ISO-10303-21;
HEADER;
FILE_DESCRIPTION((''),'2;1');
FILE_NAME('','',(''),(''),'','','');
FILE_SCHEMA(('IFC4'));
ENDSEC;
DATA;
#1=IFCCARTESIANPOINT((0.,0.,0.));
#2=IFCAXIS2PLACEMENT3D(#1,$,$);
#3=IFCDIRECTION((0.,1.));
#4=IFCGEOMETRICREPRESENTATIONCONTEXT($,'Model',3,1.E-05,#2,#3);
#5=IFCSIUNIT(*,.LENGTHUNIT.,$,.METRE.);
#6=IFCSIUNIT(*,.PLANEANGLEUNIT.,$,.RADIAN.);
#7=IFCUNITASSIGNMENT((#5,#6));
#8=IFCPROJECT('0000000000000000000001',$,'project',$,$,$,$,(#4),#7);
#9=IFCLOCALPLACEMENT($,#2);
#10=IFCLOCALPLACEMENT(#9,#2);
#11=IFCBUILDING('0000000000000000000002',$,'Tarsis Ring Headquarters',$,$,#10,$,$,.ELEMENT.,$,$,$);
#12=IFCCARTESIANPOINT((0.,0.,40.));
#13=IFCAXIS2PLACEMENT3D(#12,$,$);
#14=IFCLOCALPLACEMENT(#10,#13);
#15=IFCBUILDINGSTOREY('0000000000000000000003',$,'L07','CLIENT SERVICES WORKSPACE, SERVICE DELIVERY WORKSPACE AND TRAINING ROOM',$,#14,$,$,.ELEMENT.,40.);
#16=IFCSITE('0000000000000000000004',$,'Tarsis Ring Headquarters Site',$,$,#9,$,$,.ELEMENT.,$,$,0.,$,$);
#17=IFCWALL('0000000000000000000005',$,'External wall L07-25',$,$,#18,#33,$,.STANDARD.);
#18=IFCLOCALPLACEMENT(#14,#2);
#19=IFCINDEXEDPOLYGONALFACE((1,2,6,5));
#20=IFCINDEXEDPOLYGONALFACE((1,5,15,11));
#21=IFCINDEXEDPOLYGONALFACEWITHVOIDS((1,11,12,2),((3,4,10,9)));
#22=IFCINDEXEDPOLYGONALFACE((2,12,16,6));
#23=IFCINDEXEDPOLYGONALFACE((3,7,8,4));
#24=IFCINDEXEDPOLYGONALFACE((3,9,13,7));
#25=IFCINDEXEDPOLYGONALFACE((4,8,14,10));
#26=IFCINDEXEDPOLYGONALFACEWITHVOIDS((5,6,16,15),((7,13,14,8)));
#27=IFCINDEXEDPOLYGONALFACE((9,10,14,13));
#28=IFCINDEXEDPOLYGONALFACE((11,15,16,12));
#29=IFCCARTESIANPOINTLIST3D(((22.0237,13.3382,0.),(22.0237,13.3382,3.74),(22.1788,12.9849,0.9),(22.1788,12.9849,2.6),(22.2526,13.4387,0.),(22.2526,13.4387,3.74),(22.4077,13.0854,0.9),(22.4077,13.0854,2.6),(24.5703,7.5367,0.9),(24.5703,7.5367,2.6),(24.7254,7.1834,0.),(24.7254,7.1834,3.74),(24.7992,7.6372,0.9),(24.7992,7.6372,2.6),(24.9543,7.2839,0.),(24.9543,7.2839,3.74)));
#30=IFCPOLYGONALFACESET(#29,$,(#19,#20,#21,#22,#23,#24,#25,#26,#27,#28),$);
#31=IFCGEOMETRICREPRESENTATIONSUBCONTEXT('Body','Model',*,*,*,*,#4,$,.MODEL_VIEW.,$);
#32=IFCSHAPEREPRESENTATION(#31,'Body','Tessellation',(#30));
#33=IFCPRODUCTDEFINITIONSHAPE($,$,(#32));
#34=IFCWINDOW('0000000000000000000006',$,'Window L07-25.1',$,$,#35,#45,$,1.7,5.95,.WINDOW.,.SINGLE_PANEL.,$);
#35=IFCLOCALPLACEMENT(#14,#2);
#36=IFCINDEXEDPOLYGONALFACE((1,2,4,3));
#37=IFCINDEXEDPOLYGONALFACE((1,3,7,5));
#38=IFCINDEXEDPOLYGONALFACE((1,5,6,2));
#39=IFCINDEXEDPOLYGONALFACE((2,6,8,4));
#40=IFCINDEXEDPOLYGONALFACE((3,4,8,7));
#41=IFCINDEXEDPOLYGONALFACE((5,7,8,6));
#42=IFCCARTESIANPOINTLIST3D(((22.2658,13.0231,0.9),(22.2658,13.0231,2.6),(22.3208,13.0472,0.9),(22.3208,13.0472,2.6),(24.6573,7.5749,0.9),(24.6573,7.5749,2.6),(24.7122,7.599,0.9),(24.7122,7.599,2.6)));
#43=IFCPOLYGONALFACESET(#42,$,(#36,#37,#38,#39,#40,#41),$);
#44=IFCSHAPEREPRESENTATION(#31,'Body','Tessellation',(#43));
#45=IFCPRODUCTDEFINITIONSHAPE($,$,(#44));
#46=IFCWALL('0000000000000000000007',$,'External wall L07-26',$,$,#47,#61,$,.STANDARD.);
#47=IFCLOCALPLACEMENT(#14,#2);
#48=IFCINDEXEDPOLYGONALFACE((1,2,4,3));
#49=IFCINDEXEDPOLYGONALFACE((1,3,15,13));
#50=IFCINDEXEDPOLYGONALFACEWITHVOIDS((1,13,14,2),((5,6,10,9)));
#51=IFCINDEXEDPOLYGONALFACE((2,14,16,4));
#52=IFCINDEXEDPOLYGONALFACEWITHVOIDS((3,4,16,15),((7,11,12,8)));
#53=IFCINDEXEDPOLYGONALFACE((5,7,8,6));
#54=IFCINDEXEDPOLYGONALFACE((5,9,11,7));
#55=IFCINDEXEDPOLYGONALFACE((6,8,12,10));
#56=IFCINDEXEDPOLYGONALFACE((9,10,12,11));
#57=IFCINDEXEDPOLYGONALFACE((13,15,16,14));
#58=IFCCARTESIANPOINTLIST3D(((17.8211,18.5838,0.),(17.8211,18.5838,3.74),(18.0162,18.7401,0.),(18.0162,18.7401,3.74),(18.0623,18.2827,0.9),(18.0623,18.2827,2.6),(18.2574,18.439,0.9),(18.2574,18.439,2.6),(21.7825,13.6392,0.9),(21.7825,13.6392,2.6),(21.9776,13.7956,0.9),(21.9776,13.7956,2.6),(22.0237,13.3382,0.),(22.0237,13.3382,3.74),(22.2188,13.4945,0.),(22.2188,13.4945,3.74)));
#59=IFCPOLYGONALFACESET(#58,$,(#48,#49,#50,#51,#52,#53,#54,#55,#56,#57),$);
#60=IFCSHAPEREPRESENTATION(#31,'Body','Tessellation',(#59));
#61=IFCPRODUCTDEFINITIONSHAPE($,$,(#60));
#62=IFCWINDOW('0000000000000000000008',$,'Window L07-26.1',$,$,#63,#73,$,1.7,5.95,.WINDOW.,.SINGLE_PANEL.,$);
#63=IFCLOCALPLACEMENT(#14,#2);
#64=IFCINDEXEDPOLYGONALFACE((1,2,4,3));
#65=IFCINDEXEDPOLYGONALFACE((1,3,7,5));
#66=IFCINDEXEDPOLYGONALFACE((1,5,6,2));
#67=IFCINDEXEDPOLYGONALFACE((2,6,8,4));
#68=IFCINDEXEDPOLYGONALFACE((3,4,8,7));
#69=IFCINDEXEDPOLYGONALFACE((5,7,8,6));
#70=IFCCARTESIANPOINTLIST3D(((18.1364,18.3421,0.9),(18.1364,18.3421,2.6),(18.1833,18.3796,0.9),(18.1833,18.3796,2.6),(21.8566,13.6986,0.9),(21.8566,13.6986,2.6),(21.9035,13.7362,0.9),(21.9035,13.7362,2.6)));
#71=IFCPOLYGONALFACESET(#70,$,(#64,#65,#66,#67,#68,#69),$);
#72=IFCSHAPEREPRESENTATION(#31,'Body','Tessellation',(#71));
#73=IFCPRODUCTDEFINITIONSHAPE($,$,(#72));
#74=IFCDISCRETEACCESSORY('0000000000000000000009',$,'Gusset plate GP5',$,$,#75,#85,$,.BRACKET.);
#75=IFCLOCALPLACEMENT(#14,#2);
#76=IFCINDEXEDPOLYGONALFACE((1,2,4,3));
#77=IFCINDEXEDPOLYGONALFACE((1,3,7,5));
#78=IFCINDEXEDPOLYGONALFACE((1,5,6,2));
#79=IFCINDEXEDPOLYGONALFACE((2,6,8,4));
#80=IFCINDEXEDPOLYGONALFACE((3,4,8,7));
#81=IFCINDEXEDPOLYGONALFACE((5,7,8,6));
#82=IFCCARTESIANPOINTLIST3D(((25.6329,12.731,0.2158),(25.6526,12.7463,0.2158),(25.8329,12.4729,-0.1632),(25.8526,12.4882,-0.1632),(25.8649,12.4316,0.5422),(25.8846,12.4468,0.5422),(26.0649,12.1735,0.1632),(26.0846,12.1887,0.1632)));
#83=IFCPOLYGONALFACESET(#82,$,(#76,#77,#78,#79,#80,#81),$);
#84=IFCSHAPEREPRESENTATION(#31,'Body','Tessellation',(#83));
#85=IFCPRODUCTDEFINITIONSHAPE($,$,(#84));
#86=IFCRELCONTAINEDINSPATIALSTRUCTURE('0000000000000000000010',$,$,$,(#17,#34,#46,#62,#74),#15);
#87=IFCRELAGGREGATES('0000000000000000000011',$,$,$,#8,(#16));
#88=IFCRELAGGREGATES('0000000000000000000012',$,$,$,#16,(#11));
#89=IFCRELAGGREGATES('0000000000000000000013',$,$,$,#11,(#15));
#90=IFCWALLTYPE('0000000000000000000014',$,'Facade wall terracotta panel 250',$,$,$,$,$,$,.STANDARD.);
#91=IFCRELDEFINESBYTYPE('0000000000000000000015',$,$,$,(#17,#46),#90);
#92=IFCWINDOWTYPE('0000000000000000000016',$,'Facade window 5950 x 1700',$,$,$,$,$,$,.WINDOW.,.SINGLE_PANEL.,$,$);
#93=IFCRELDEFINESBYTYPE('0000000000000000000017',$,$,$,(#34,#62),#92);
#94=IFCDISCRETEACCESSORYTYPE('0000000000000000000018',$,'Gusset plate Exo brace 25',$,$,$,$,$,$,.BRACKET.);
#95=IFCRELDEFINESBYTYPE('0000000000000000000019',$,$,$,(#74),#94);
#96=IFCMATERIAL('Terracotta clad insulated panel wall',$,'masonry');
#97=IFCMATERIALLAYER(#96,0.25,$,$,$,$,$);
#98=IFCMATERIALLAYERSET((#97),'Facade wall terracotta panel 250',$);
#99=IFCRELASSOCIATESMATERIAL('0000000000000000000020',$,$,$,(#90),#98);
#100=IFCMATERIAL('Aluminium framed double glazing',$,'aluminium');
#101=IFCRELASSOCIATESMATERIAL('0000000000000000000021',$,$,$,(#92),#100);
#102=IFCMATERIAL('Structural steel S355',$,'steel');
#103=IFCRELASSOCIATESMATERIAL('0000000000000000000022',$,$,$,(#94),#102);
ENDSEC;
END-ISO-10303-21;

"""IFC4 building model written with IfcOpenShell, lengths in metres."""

from ifc_helpers import new_model, si_unit, direction, frame, frame_2d, origin, origin_2d, place, context, subcontext, project, spatial, rectangle, extrude, material, layer, layer_set, material_profile, profile_set, type_object, element, fill, save


model = new_model("IFC4")

# Units and contexts
model_context = context("Model", 3, precision=1e-05, world=origin(), true_north=direction((0.0, 1.0)))
body_context = subcontext(model_context, "Body", "Model", "MODEL_VIEW")
ifc_project = project(units=[si_unit("LENGTHUNIT", "METRE"), si_unit("PLANEANGLEUNIT", "RADIAN")], contexts=[model_context])

# Site, building, storey
site_placement = place(None, origin())
site = spatial("IfcSite", under=ifc_project, at=site_placement, Name="Tarsis Ring Headquarters Site", CompositionType="ELEMENT", RefElevation=0.0)
building_placement = place(site_placement, origin())
building = spatial("IfcBuilding", under=site, at=building_placement, Name="Tarsis Ring Headquarters", CompositionType="ELEMENT")
storey_placement = place(building_placement, frame((0.0, 0.0, 40.0)))
storey = spatial("IfcBuildingStorey", under=building, at=storey_placement, Name="L07", Description="CLIENT SERVICES WORKSPACE, SERVICE DELIVERY WORKSPACE AND TRAINING ROOM", CompositionType="ELEMENT", Elevation=40.0)

# Shared definitions
ifc_material_1 = material(Name="Structural steel S355", Category="steel")

# Walls, openings, windows
ifc_material_2 = material(Name="Terracotta clad insulated panel wall", Category="masonry")
ifc_layer_1 = layer(ifc_material_2, 0.25)
ifc_layer_set_1 = layer_set([ifc_layer_1], Name="Facade wall terracotta panel 250")
wall_type_1 = type_object("IfcWallType", Name="Facade wall terracotta panel 250", PredefinedType="STANDARD", material=ifc_layer_set_1)
ifc_material_3 = material(Name="Aluminium framed double glazing", Category="aluminium")
window_type = type_object("IfcWindowType", Name="Facade window 5950 x 1700", PartitioningType="SINGLE_PANEL", PredefinedType="WINDOW", material=ifc_material_3)
wall_1_placement = place(storey_placement, frame((24.8398, 7.2336, 0.0), z_axis=(0.0, 0.0, 1.0), x_axis=(-0.401935, 0.915668, 0.0)))
wall_1 = element("IfcWall", 1, at=wall_1_placement, inside=storey, type_object=wall_type_1, Name="External wall L07-25", PredefinedType="STANDARD", context=body_context, shape_type="SweptSolid", body=[
    extrude(rectangle(XDim=6.7217, YDim=0.25, at=frame_2d((3.3608, 0.0))), origin(), (0.0, 0.0, 1.0), 3.74),
])
opening_1_placement = place(wall_1_placement, frame((0.3857, 0.0, 0.8999)))
opening_1 = element("IfcOpeningElement", 2, at=opening_1_placement, cuts=wall_1, PredefinedType="OPENING", context=body_context, shape_type="SweptSolid", body=[
    extrude(rectangle(XDim=5.95, YDim=1.7, at=frame_2d((2.9751, 0.8501))), frame((0.0, 0.135, 0.0), z_axis=(0.0, -1.0, 0.0), x_axis=(1.0, 0.0, 0.0)), (0.0, 0.0, 1.0), 0.27),
])
window_1_placement = place(opening_1_placement, origin())
window_1 = element("IfcWindow", 3, at=window_1_placement, inside=storey, type_object=window_type, Name="Window L07-25.1", OverallHeight=1.7, OverallWidth=5.95, PartitioningType="SINGLE_PANEL", PredefinedType="WINDOW", context=body_context, shape_type="SweptSolid", body=[
    extrude(rectangle(XDim=5.95, YDim=1.7, at=frame_2d((2.9751, 0.8501))), frame((0.0, 0.03, 0.0), z_axis=(0.0, -1.0, 0.0), x_axis=(1.0, 0.0, 0.0)), (0.0, 0.0, 1.0), 0.0601),
])
fill(opening_1, window_1)
wall_2_placement = place(storey_placement, frame((22.1213, 13.4163, 0.0), z_axis=(0.0, 0.0, 1.0), x_axis=(-0.625253, 0.780422, 0.0)))
wall_2 = element("IfcWall", 4, at=wall_2_placement, inside=storey, type_object=wall_type_1, Name="External wall L07-26", PredefinedType="STANDARD", context=body_context, shape_type="SweptSolid", body=[
    extrude(rectangle(XDim=6.7214, YDim=0.25, at=frame_2d((3.3608, 0.0))), origin(), (0.0, 0.0, 1.0), 3.74),
])
opening_2_placement = place(wall_2_placement, frame((0.3857, 0.0, 0.8999)))
opening_2 = element("IfcOpeningElement", 5, at=opening_2_placement, cuts=wall_2, PredefinedType="OPENING", context=body_context, shape_type="SweptSolid", body=[
    extrude(rectangle(XDim=5.95, YDim=1.7, at=frame_2d((2.9751, 0.8501))), frame((0.0, 0.135, 0.0), z_axis=(0.0, -1.0, 0.0), x_axis=(1.0, 0.0, 0.0)), (0.0, 0.0, 1.0), 0.27),
])
window_2_placement = place(opening_2_placement, origin())
window_2 = element("IfcWindow", 6, at=window_2_placement, inside=storey, type_object=window_type, Name="Window L07-26.1", OverallHeight=1.7, OverallWidth=5.95, PartitioningType="SINGLE_PANEL", PredefinedType="WINDOW", context=body_context, shape_type="SweptSolid", body=[
    extrude(rectangle(XDim=5.95, YDim=1.7, at=frame_2d((2.9751, 0.8501))), frame((0.0, 0.03, 0.0), z_axis=(0.0, -1.0, 0.0), x_axis=(1.0, 0.0, 0.0)), (0.0, 0.0, 1.0), 0.0601),
])
fill(opening_2, window_2)

# Discrete accessory
ifc_material_profile_1 = material_profile(ifc_material_1, rectangle(XDim=0.0249, YDim=0.5, at=origin_2d()), Name="PL 25x500")
ifc_profile_set_1 = profile_set([ifc_material_profile_1], Name="Structural steel S355")
discrete_accessory_type = type_object("IfcDiscreteAccessoryType", Name="Gusset plate Exo brace 25", PredefinedType="BRACKET", material=ifc_profile_set_1)
discrete_accessory_placement = place(storey_placement, frame((25.9587, 12.3308, 0.0), z_axis=(-0.399788, 0.515965, 0.757595), x_axis=(-0.790478, -0.61249, 0.0)))
element("IfcDiscreteAccessory", 7, at=discrete_accessory_placement, inside=storey, type_object=discrete_accessory_type, Name="Gusset plate GP5", PredefinedType="BRACKET", context=body_context, shape_type="SweptSolid", body=[
    extrude(rectangle(XDim=0.0249, YDim=0.5, at=origin_2d()), origin(), (0.0, 0.0, 1.0), 0.5002),
])

save(model, "model.ifc")
